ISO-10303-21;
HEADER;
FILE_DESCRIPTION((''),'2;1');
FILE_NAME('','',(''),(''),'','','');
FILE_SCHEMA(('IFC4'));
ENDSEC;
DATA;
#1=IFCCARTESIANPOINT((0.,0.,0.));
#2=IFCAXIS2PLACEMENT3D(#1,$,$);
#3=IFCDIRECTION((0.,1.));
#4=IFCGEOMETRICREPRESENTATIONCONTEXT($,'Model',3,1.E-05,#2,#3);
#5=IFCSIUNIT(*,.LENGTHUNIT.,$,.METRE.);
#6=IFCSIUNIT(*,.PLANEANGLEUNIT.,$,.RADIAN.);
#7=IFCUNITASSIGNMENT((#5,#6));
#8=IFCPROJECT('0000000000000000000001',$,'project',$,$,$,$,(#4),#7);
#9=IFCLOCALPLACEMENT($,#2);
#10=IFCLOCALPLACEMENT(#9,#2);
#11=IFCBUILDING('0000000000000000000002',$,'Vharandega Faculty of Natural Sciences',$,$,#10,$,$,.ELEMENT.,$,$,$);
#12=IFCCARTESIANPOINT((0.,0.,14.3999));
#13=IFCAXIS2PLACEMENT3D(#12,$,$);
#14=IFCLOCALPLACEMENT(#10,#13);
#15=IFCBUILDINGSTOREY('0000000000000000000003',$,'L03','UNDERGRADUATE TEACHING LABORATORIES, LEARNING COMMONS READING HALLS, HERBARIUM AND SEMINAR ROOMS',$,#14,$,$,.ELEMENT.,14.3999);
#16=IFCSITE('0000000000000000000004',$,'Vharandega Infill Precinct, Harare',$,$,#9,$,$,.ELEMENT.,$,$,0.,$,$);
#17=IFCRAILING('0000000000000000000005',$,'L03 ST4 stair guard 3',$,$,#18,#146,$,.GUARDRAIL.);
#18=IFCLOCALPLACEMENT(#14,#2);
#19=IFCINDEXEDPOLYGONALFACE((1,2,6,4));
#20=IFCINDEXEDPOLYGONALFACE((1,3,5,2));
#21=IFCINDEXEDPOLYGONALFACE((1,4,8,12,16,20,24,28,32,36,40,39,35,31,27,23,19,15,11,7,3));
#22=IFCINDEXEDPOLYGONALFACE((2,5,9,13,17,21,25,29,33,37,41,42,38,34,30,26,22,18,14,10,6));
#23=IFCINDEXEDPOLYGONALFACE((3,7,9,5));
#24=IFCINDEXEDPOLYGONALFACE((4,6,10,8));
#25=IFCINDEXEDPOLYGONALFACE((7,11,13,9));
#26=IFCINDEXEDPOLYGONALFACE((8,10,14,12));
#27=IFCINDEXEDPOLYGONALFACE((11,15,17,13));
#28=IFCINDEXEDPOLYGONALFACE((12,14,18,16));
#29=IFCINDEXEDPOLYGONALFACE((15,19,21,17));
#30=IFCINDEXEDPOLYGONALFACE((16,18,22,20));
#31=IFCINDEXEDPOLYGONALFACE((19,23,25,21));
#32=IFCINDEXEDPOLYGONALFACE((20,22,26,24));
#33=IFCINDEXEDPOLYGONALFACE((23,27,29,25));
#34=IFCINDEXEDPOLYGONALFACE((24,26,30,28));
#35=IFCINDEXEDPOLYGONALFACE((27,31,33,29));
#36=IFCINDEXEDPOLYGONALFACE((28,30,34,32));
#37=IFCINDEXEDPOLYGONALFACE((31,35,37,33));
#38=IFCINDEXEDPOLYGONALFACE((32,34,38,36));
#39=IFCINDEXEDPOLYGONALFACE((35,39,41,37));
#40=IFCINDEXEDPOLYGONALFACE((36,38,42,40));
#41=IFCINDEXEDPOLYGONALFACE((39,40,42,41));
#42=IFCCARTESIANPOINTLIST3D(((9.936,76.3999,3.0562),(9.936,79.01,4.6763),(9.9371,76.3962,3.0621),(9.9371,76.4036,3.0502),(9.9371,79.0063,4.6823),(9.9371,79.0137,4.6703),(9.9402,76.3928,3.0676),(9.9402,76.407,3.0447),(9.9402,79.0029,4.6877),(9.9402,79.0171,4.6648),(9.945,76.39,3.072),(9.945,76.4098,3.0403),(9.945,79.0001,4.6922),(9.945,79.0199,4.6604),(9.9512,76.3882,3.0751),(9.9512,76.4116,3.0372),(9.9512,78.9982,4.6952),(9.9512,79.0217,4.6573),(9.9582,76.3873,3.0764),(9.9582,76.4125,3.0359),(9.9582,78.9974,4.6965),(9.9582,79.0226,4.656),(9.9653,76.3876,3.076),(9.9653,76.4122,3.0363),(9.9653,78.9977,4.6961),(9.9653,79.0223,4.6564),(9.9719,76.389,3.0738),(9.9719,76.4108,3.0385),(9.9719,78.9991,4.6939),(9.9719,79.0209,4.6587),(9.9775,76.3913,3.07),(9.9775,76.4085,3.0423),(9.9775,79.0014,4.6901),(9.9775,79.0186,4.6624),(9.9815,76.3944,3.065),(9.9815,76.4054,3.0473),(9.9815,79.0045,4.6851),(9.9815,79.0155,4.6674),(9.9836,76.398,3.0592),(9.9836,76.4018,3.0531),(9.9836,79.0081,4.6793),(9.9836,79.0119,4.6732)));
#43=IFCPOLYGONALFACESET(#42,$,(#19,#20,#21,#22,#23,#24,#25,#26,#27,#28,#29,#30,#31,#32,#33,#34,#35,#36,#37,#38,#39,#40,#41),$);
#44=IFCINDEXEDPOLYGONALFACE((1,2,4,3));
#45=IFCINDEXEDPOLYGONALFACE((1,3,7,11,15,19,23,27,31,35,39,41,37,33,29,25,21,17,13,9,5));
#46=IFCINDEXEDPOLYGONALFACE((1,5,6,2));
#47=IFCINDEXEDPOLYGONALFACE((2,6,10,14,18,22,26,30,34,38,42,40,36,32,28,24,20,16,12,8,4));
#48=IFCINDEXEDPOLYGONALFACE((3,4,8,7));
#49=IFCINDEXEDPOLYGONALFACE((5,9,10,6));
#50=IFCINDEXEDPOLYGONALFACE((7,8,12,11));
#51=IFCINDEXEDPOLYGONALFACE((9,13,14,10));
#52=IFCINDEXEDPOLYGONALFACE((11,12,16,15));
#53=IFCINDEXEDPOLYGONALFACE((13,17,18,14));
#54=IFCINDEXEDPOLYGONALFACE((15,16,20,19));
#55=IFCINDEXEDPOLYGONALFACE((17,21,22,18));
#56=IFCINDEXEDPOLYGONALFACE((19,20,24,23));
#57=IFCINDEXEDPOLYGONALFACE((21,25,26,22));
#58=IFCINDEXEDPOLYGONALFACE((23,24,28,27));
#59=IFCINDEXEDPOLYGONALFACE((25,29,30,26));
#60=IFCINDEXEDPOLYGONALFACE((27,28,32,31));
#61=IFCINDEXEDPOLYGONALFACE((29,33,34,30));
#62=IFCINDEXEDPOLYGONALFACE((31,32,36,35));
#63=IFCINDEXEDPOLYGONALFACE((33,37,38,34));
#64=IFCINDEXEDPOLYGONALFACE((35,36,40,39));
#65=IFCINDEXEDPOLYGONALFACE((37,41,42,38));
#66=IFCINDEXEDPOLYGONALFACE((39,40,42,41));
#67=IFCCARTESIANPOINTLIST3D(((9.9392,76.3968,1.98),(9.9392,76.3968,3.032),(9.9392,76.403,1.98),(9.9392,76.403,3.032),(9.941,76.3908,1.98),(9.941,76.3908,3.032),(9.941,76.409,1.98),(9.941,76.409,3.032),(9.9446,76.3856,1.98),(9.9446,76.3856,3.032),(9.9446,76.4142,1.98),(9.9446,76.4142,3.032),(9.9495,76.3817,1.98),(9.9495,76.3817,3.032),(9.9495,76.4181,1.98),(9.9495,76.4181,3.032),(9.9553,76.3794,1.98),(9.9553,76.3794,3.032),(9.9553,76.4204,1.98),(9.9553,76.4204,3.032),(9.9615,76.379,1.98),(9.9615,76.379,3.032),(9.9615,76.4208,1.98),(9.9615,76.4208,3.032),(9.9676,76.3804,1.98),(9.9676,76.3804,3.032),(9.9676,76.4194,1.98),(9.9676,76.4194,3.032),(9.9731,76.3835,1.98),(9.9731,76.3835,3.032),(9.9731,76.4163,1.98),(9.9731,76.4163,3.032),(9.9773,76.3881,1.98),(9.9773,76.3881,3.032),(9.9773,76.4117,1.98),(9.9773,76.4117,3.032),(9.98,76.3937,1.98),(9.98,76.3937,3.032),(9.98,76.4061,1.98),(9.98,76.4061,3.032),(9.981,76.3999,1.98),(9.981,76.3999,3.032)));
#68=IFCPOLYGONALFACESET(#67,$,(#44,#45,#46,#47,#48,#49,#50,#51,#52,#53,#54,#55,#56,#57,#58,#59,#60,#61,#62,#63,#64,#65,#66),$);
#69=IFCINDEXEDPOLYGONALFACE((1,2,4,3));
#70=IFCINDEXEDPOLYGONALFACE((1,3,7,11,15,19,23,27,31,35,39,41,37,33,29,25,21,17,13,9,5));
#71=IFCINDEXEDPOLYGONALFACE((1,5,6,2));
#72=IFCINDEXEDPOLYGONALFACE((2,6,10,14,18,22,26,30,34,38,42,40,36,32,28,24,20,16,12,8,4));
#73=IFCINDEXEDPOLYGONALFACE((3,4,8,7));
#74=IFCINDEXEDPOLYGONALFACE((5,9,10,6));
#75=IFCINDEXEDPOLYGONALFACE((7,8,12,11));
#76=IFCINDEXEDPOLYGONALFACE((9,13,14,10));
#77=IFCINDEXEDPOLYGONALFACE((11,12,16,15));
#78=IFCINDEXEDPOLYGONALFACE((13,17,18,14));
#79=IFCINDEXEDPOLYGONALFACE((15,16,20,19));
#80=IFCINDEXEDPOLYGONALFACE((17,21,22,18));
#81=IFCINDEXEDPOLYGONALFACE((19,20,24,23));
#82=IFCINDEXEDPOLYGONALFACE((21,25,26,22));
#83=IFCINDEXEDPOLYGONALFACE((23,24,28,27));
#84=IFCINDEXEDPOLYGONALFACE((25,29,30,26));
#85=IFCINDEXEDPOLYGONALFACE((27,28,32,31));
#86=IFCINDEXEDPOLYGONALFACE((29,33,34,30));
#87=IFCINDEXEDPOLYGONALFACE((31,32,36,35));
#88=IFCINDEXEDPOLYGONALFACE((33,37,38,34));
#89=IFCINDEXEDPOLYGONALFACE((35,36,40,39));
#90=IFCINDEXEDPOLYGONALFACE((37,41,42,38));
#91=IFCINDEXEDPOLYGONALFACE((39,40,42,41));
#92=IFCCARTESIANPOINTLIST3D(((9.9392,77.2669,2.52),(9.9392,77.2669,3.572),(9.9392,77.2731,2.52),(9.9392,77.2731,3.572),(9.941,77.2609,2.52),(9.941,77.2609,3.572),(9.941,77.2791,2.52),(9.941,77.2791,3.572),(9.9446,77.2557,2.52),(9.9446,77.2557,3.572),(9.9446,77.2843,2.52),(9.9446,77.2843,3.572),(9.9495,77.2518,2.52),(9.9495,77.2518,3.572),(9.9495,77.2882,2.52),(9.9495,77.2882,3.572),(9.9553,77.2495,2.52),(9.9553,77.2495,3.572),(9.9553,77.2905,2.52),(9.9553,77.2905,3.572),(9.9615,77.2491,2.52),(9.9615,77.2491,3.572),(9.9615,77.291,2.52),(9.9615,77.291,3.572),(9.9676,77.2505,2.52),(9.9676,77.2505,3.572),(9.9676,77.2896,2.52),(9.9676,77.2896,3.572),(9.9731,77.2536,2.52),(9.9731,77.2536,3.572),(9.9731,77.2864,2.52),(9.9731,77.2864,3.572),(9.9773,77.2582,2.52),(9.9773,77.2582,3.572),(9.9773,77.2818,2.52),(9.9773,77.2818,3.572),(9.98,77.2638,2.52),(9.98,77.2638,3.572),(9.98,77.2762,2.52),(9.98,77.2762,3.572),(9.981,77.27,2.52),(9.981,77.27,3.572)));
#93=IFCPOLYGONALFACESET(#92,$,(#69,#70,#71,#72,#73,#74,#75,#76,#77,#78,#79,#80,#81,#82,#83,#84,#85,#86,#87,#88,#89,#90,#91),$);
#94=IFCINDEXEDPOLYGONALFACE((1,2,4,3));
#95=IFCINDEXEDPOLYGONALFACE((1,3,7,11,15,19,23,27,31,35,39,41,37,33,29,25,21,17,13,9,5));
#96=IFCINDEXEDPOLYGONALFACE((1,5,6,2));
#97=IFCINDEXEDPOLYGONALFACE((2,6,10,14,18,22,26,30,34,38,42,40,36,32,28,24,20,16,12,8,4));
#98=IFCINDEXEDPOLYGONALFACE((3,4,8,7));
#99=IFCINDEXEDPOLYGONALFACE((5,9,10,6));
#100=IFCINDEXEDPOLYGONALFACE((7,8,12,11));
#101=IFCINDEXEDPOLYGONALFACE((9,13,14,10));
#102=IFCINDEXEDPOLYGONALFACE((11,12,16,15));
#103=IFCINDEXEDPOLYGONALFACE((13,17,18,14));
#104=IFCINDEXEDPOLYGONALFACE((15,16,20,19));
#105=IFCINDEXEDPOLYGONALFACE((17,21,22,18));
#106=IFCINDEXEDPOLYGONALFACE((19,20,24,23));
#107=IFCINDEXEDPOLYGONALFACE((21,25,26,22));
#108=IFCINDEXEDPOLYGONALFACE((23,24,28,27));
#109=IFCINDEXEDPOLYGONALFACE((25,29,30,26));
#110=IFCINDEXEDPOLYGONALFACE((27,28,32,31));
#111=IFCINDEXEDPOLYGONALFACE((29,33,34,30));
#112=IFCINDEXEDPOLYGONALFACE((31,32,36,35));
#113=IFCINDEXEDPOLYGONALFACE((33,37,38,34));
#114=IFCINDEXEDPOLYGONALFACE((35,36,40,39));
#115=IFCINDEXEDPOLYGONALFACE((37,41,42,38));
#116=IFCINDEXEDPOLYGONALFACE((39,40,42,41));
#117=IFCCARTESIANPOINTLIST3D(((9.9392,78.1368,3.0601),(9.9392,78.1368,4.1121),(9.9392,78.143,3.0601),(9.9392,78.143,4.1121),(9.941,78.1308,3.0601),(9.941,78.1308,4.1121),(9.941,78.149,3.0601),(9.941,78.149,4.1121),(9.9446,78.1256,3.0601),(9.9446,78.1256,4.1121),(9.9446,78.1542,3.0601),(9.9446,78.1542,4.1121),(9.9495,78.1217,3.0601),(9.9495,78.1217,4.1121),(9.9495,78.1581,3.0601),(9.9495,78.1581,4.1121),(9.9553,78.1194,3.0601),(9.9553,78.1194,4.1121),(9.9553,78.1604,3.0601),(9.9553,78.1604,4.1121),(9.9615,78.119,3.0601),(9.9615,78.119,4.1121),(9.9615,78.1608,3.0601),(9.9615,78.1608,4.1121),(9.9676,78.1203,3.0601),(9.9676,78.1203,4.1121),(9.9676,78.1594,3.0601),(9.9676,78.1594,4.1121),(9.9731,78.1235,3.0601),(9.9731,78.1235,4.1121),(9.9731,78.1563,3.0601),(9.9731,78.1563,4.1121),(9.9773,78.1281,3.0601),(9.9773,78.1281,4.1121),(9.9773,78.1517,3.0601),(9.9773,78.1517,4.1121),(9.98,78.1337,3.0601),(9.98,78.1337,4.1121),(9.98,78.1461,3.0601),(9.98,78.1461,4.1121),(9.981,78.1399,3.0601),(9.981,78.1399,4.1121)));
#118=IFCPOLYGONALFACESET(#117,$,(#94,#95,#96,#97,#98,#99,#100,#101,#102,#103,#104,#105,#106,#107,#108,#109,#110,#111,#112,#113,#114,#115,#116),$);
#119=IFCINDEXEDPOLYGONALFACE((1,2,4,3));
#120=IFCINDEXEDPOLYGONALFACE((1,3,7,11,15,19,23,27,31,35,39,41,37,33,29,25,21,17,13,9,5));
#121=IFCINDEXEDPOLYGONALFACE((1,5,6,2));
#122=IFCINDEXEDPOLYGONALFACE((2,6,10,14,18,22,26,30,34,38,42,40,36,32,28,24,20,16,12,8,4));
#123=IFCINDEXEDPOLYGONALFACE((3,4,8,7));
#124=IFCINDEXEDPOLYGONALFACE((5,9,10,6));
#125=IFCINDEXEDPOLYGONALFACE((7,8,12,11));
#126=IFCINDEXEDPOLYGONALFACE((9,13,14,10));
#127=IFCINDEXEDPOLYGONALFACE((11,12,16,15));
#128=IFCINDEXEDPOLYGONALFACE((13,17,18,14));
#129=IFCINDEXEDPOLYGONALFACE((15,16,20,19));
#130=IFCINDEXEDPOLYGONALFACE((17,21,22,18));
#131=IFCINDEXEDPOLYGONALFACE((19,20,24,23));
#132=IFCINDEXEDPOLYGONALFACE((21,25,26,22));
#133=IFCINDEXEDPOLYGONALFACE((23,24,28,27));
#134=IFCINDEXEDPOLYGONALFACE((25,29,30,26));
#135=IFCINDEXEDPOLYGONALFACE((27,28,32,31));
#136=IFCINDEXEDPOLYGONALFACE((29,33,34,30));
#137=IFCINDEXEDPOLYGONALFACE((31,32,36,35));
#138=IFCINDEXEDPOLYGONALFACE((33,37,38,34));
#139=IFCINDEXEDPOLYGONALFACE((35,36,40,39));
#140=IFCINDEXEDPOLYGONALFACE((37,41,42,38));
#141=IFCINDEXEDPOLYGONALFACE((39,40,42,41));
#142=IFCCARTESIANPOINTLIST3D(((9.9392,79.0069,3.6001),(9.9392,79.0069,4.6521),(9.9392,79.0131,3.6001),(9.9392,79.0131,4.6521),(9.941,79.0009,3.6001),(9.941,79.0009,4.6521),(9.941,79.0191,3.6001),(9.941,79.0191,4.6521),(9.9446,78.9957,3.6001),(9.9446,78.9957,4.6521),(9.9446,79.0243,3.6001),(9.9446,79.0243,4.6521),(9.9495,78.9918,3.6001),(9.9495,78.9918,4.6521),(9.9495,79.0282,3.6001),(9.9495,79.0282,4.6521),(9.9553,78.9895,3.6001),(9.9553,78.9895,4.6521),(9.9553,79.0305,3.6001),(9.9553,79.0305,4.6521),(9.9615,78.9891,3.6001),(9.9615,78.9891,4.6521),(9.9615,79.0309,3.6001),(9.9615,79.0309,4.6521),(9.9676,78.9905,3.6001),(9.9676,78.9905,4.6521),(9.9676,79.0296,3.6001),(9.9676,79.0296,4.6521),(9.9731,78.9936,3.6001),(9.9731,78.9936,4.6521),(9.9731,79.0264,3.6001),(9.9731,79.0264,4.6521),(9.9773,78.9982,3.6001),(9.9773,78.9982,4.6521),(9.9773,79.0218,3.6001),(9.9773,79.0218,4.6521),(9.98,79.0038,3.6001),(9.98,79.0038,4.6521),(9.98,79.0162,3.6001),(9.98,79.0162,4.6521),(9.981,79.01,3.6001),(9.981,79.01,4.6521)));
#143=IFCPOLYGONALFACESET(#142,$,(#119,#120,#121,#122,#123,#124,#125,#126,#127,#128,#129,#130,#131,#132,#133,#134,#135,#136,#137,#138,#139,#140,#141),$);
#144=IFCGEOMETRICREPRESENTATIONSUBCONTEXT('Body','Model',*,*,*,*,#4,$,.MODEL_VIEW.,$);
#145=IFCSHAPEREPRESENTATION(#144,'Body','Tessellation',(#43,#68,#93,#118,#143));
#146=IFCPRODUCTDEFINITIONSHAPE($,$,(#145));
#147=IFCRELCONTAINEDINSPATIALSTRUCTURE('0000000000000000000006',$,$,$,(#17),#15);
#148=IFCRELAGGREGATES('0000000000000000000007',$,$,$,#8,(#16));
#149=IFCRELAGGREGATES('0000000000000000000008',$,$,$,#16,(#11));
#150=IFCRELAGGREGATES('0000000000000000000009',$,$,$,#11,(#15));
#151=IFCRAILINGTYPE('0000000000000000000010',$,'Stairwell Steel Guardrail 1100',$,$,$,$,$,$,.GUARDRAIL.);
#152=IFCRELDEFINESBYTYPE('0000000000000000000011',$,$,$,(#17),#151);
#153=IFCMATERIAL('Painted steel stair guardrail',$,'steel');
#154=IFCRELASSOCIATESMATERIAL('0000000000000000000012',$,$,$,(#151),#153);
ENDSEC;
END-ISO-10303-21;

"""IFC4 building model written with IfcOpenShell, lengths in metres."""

from ifc_helpers import new_model, si_unit, direction, frame, origin, origin_2d, place, context, subcontext, project, spatial, circle, extrude, material, type_object, element, save


model = new_model("IFC4")

# Units and contexts
model_context = context("Model", 3, precision=1e-05, world=origin(), true_north=direction((0.0, 1.0)))
body_context = subcontext(model_context, "Body", "Model", "MODEL_VIEW")
ifc_project = project(units=[si_unit("LENGTHUNIT", "METRE"), si_unit("PLANEANGLEUNIT", "RADIAN")], contexts=[model_context])

# Site, building, storey
site_placement = place(None, origin())
site = spatial("IfcSite", under=ifc_project, at=site_placement, Name="Vharandega Infill Precinct, Harare", CompositionType="ELEMENT", RefElevation=0.0)
building_placement = place(site_placement, origin())
building = spatial("IfcBuilding", under=site, at=building_placement, Name="Vharandega Faculty of Natural Sciences", CompositionType="ELEMENT")
storey_placement = place(building_placement, frame((0.0, 0.0, 14.3999)))
storey = spatial("IfcBuildingStorey", under=building, at=storey_placement, Name="L03", Description="UNDERGRADUATE TEACHING LABORATORIES, LEARNING COMMONS READING HALLS, HERBARIUM AND SEMINAR ROOMS", CompositionType="ELEMENT", Elevation=14.3999)

# Railing
ifc_material_1 = material(Name="Painted steel stair guardrail", Category="steel")
railing_type_1 = type_object("IfcRailingType", Name="Stairwell Steel Guardrail 1100", PredefinedType="GUARDRAIL", material=ifc_material_1)
railing_1_placement = place(storey_placement, frame((9.96, 76.3999, 1.98)))
element("IfcRailing", 1, at=railing_1_placement, inside=storey, type_object=railing_type_1, Name="L03 ST4 stair guard 3", PredefinedType="GUARDRAIL", context=body_context, shape_type="SweptSolid", body=[
    extrude(circle(Radius=0.0239, at=origin_2d()), frame((0.0, 0.0, 1.0762), z_axis=(0.0, 0.849633, 0.527375), x_axis=(-1.0, 0.0, 0.0)), (0.0, 0.0, 1.0), 3.072),
    extrude(circle(Radius=0.021, at=origin_2d()), origin(), (0.0, 0.0, 1.0), 1.052),
    extrude(circle(Radius=0.021, at=origin_2d()), frame((0.0, 0.8701, 0.54)), (0.0, 0.0, 1.0), 1.052),
    extrude(circle(Radius=0.021, at=origin_2d()), frame((0.0, 1.74, 1.0801)), (0.0, 0.0, 1.0), 1.052),
    extrude(circle(Radius=0.021, at=origin_2d()), frame((0.0, 2.6101, 1.6201)), (0.0, 0.0, 1.0), 1.052),
])

save(model, "model.ifc")
